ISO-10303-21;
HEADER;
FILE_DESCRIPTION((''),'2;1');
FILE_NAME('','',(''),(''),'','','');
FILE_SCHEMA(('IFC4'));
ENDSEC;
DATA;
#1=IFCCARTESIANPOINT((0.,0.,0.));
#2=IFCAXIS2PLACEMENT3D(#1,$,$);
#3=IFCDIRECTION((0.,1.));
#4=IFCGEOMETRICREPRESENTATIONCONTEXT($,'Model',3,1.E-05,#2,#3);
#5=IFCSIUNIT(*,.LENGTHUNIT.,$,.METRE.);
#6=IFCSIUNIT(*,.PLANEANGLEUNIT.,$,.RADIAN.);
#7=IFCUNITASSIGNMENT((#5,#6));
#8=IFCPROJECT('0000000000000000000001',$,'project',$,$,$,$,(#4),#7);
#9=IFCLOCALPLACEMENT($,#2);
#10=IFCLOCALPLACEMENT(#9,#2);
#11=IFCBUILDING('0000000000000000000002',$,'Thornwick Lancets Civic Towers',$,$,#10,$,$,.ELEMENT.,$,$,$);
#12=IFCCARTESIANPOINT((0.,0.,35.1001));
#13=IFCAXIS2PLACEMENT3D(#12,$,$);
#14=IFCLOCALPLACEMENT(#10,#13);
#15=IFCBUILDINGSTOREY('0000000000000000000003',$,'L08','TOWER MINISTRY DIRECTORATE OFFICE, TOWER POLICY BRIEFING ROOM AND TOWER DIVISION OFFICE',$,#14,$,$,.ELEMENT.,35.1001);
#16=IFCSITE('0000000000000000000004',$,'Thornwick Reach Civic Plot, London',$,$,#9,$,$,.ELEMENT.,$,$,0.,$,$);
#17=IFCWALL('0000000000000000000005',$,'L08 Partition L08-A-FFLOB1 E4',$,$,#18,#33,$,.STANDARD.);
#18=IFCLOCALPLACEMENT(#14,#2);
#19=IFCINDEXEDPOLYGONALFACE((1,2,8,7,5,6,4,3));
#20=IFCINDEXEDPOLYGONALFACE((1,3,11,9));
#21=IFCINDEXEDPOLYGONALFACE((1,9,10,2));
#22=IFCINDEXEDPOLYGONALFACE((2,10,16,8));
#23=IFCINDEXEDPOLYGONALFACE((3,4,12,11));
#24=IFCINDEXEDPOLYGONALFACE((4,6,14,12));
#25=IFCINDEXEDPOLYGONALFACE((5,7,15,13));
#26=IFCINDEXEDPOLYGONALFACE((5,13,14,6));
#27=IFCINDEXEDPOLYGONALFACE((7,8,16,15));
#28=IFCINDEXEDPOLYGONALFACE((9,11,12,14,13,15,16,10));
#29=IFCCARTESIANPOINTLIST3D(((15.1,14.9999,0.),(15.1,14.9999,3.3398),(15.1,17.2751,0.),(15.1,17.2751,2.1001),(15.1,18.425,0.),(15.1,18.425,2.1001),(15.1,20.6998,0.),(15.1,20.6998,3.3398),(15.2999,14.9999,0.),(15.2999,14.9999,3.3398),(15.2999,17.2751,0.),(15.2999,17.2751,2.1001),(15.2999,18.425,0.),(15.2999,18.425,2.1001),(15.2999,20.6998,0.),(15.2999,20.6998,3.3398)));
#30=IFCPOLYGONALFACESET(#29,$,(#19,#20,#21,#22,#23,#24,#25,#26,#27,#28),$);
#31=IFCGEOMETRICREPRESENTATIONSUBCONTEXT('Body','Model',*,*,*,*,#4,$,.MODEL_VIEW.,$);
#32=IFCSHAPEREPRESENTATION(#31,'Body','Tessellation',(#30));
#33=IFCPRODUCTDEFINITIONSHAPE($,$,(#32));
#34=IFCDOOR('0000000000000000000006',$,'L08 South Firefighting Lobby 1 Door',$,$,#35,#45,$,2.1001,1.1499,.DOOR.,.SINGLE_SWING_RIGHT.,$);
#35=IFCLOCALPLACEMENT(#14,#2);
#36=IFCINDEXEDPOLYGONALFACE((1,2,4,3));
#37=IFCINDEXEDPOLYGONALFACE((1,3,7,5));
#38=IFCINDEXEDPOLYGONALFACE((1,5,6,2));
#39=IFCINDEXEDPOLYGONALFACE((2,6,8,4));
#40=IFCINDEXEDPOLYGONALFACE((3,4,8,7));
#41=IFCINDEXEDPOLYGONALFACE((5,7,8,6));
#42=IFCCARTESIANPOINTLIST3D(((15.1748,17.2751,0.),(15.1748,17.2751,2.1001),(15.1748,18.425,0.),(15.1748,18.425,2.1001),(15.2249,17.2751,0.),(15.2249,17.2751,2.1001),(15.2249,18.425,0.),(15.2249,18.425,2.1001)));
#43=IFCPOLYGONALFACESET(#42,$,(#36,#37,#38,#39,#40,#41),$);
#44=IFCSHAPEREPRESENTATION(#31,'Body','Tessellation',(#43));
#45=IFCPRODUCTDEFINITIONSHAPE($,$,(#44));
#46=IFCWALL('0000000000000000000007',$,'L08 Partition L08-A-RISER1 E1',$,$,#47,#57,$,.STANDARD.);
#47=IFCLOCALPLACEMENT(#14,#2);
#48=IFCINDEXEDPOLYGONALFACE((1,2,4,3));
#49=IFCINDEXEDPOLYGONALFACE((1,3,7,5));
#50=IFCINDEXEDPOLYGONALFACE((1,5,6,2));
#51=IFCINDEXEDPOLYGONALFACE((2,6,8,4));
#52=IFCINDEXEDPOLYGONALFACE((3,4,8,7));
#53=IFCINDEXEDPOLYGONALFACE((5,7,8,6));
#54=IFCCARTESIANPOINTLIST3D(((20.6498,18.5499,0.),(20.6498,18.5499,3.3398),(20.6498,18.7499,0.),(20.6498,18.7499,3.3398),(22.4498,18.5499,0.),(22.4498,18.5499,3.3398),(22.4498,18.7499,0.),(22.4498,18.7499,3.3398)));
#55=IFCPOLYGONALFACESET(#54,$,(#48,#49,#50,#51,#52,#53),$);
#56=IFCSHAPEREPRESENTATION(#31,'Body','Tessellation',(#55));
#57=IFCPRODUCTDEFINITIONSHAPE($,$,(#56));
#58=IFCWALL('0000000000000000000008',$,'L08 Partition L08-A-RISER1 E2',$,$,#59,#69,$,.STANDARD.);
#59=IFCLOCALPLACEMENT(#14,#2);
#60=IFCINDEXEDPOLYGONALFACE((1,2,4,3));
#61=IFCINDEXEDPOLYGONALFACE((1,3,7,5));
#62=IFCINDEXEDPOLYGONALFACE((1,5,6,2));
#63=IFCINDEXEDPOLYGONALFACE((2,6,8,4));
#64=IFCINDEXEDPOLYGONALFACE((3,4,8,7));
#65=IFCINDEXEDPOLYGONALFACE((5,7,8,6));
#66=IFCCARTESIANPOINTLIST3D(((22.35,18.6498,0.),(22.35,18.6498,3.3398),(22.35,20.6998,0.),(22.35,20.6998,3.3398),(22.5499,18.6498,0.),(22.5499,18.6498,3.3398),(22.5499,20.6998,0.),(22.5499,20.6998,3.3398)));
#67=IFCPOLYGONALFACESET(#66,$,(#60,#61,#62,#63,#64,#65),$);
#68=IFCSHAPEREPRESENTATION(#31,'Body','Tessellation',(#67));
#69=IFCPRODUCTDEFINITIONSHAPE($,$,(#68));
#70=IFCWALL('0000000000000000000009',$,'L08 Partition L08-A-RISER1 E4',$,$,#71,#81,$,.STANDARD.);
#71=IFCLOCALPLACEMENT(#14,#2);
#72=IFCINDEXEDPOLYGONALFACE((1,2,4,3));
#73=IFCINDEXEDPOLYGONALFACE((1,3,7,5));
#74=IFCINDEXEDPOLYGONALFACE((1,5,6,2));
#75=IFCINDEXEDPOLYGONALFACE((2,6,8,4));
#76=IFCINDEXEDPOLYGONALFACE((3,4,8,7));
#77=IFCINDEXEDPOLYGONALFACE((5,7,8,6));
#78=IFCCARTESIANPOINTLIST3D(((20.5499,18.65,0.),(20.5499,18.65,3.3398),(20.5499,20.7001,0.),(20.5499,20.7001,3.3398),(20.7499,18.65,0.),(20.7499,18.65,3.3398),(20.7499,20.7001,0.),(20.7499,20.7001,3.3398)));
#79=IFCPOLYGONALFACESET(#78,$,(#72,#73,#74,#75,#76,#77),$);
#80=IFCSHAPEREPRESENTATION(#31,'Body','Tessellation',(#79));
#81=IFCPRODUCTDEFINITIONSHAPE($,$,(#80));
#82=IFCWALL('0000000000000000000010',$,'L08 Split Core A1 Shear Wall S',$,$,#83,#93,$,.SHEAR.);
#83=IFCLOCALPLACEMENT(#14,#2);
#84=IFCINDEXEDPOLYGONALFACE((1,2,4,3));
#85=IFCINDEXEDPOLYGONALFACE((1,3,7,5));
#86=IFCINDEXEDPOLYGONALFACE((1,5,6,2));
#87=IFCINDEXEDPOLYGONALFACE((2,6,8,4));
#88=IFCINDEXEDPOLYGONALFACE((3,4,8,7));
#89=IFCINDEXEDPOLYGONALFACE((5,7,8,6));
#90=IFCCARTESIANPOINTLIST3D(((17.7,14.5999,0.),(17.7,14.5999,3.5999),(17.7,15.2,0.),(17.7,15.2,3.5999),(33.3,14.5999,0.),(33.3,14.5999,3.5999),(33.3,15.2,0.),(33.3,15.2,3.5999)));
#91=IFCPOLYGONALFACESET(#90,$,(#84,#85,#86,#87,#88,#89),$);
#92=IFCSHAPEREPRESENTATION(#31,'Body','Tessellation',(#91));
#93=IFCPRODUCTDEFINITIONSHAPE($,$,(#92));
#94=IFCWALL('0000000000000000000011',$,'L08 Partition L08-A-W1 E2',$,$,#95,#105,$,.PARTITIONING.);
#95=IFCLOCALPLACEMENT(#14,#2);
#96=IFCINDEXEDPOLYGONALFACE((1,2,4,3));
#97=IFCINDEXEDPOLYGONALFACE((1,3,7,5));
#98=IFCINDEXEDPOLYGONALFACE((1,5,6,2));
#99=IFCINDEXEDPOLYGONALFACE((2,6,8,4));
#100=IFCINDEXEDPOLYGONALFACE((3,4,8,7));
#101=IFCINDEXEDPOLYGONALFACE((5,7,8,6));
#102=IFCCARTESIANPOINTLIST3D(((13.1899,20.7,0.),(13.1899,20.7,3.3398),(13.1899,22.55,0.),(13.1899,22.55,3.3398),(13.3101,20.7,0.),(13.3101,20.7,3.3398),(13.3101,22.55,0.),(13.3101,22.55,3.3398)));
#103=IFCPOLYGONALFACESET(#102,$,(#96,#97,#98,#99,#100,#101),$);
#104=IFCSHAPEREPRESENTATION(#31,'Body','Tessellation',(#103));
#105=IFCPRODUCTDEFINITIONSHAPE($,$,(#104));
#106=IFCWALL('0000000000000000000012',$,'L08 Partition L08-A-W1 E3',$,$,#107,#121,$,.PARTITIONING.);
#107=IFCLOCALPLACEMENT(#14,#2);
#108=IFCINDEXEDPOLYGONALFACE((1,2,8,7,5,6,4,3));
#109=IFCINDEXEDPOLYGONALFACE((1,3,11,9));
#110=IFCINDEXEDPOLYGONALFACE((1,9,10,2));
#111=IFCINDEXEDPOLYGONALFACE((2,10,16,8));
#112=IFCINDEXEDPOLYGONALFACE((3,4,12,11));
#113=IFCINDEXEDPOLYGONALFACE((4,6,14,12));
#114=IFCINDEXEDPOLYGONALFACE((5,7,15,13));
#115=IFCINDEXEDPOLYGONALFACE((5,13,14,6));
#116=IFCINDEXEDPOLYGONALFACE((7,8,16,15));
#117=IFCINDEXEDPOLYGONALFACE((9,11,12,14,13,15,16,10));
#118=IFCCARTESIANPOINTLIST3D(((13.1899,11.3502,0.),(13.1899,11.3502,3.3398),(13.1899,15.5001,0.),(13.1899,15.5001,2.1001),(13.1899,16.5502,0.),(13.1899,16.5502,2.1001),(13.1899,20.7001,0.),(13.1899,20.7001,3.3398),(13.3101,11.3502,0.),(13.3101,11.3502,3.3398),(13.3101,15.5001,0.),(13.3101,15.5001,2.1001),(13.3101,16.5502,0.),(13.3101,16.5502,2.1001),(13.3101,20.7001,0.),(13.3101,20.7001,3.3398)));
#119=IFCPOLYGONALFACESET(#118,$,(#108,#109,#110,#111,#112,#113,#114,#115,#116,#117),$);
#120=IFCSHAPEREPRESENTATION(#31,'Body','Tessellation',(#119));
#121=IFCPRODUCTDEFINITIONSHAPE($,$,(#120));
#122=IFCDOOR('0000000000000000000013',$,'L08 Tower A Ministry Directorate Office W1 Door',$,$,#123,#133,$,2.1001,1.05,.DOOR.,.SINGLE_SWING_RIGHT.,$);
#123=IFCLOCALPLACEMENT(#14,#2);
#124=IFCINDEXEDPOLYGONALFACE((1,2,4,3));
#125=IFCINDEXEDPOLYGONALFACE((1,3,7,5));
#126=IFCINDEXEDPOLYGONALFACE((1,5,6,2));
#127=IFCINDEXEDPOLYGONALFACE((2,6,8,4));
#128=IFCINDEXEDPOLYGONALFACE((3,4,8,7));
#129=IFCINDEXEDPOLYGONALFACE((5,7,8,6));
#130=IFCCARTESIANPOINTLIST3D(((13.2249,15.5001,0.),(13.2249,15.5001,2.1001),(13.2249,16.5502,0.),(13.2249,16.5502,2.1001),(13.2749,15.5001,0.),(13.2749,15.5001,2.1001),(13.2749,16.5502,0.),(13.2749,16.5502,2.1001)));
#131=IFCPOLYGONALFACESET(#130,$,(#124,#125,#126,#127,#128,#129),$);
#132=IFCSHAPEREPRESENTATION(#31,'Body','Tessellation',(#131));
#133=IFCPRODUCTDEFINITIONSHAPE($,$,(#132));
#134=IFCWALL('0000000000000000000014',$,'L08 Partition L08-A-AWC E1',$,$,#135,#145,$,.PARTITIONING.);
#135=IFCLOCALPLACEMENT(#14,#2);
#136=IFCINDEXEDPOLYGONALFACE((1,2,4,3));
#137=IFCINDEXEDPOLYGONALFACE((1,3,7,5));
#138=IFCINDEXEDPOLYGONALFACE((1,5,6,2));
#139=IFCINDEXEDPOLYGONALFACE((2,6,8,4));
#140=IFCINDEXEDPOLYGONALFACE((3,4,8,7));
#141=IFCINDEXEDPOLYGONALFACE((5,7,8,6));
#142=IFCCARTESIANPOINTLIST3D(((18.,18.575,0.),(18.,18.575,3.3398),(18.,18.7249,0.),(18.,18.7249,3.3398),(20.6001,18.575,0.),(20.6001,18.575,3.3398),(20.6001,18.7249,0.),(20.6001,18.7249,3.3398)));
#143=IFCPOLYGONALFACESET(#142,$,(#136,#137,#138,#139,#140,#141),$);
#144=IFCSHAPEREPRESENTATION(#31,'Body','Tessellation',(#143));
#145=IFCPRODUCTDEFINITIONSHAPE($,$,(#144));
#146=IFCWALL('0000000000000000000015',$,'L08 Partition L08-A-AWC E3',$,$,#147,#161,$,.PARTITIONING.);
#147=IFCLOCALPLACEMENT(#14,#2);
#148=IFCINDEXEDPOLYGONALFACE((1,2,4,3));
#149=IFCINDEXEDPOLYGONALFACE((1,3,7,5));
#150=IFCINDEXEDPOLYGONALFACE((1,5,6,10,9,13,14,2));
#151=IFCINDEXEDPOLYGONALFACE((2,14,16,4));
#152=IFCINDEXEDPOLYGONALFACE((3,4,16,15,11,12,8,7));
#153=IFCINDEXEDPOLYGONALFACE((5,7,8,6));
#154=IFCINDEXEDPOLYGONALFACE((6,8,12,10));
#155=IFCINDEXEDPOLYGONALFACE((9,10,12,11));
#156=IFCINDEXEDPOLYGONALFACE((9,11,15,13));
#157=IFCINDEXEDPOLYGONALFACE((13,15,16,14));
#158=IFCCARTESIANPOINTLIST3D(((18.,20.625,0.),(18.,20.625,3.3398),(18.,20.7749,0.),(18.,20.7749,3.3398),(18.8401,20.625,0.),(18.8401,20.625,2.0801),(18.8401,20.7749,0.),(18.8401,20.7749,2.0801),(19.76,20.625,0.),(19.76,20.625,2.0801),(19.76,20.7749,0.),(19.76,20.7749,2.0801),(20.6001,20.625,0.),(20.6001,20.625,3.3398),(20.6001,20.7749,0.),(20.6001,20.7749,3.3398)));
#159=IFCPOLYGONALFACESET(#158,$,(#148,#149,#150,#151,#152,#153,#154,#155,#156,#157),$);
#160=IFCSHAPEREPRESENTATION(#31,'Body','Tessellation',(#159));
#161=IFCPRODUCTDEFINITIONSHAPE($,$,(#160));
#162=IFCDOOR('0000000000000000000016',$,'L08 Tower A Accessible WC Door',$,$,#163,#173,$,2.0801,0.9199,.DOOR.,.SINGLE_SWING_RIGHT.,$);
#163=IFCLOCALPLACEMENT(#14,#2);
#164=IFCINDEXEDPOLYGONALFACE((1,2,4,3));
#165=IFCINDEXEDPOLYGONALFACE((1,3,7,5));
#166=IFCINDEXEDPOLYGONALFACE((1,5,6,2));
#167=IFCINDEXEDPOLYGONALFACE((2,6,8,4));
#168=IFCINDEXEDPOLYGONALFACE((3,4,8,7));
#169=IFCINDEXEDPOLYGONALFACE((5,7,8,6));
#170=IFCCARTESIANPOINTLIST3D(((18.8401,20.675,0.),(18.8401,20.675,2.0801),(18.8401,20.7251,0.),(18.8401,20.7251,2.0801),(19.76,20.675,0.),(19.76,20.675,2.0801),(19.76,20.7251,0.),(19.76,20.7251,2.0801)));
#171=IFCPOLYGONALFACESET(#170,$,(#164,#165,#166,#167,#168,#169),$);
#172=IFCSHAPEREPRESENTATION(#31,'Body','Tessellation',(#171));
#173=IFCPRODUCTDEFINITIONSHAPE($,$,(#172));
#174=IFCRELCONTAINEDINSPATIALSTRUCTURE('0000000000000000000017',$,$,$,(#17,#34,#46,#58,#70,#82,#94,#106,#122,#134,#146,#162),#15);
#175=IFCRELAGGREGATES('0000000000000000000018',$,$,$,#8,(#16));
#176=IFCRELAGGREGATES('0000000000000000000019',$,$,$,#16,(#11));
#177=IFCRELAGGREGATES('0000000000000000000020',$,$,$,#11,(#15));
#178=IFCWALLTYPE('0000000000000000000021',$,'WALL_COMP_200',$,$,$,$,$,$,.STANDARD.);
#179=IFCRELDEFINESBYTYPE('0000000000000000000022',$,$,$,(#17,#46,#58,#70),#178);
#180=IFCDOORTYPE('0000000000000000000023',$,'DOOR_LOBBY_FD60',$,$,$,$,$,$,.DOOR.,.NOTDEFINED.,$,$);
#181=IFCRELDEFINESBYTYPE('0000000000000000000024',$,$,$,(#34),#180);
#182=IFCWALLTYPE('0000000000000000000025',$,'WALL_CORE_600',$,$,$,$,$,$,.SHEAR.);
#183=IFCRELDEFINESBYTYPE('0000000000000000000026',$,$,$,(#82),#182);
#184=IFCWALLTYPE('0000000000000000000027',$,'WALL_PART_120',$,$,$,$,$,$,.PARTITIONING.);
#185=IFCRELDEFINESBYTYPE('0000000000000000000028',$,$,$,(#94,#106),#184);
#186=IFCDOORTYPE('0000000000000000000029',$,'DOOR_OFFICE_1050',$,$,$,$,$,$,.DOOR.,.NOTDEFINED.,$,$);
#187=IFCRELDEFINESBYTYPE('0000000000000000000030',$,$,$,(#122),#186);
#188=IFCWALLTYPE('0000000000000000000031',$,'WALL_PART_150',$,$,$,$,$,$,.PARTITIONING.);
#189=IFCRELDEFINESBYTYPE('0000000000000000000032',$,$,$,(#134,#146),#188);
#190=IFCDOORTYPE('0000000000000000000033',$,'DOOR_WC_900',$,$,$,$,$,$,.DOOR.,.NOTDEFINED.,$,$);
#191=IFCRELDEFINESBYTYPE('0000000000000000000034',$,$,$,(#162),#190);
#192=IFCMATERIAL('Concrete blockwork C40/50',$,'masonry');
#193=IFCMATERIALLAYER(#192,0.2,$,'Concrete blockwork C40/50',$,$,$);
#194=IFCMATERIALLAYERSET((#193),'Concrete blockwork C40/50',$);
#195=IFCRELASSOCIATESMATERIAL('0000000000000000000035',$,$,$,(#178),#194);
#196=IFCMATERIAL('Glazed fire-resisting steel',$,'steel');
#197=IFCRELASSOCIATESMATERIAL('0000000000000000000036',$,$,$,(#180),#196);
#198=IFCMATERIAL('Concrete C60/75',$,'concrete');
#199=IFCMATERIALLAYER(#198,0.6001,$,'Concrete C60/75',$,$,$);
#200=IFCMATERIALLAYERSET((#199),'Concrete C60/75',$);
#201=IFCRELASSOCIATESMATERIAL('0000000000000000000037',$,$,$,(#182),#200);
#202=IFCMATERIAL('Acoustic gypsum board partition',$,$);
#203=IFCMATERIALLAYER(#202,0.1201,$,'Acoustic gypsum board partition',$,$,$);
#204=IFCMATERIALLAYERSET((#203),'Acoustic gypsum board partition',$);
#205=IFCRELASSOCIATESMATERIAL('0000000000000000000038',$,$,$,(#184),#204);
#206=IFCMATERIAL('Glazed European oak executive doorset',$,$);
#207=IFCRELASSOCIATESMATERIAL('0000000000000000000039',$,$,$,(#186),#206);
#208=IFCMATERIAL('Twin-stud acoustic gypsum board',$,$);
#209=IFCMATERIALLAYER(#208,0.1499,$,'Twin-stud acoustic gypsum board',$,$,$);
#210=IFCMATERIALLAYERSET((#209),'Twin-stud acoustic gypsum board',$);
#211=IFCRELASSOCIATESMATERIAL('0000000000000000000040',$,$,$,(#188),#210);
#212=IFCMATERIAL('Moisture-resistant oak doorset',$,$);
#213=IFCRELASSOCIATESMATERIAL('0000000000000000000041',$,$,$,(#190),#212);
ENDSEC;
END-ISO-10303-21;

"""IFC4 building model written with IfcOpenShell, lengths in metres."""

from ifc_helpers import new_model, si_unit, direction, frame, frame_2d, origin, place, context, subcontext, project, spatial, rectangle, extrude, material, layer, layer_set, type_object, element, fill, save


model = new_model("IFC4")

# Units and contexts
model_context = context("Model", 3, precision=1e-05, world=origin(), true_north=direction((0.0, 1.0)))
body_context = subcontext(model_context, "Body", "Model", "MODEL_VIEW")
ifc_project = project(units=[si_unit("LENGTHUNIT", "METRE"), si_unit("PLANEANGLEUNIT", "RADIAN")], contexts=[model_context])

# Site, building, storey
site_placement = place(None, origin())
site = spatial("IfcSite", under=ifc_project, at=site_placement, Name="Thornwick Reach Civic Plot, London", CompositionType="ELEMENT", RefElevation=0.0)
building_placement = place(site_placement, origin())
building = spatial("IfcBuilding", under=site, at=building_placement, Name="Thornwick Lancets Civic Towers", CompositionType="ELEMENT")
storey_placement = place(building_placement, frame((0.0, 0.0, 35.1001)))
storey = spatial("IfcBuildingStorey", under=building, at=storey_placement, Name="L08", Description="TOWER MINISTRY DIRECTORATE OFFICE, TOWER POLICY BRIEFING ROOM AND TOWER DIVISION OFFICE", CompositionType="ELEMENT", Elevation=35.1001)

# Shared definitions
ifc_material_1 = material(Name="Concrete C60/75", Category="concrete")

# Shared definitions
ifc_material_2 = material(Name="Concrete blockwork C40/50", Category="masonry")
ifc_layer_1 = layer(ifc_material_2, 0.2, Name="Concrete blockwork C40/50")
ifc_layer_set_1 = layer_set([ifc_layer_1], Name="Concrete blockwork C40/50")
wall_type_1 = type_object("IfcWallType", Name="WALL_COMP_200", PredefinedType="STANDARD", material=ifc_layer_set_1)

# Wall, opening, door
wall_1_placement = place(storey_placement, frame((15.2, 20.7, 0.0), z_axis=(0.0, 0.0, 1.0), x_axis=(0.0, -1.0, 0.0)))
wall_1 = element("IfcWall", 1, at=wall_1_placement, inside=storey, type_object=wall_type_1, Name="L08 Partition L08-A-FFLOB1 E4", PredefinedType="STANDARD", context=body_context, shape_type="SweptSolid", body=[
    extrude(rectangle(XDim=5.7, YDim=0.2, at=frame_2d((2.8501, 0.0))), origin(), (0.0, 0.0, 1.0), 3.3398),
])
opening_1_placement = place(wall_1_placement, frame((2.2749, 0.0, 0.0)))
opening_1 = element("IfcOpeningElement", 2, at=opening_1_placement, cuts=wall_1, PredefinedType="OPENING", context=body_context, shape_type="SweptSolid", body=[
    extrude(rectangle(XDim=1.1499, YDim=2.1001, at=frame_2d((0.575, 1.05))), frame((0.0, 0.1099, 0.0), z_axis=(0.0, -1.0, 0.0), x_axis=(1.0, 0.0, 0.0)), (0.0, 0.0, 1.0), 0.22),
])
ifc_material_3 = material(Name="Glazed fire-resisting steel", Category="steel")
door_type_1 = type_object("IfcDoorType", Name="DOOR_LOBBY_FD60", OperationType="NOTDEFINED", PredefinedType="DOOR", material=ifc_material_3)
door_1_placement = place(opening_1_placement, origin())
door_1 = element("IfcDoor", 3, at=door_1_placement, inside=storey, type_object=door_type_1, Name="L08 South Firefighting Lobby 1 Door", OperationType="SINGLE_SWING_RIGHT", OverallHeight=2.1001, OverallWidth=1.1499, PredefinedType="DOOR", context=body_context, shape_type="SweptSolid", body=[
    extrude(rectangle(XDim=1.1499, YDim=2.1001, at=frame_2d((0.575, 1.05))), frame((0.0, 0.0249, 0.0), z_axis=(0.0, -1.0, 0.0), x_axis=(1.0, 0.0, 0.0)), (0.0, 0.0, 1.0), 0.05),
])
fill(opening_1, door_1)

# Walls
wall_2_placement = place(storey_placement, frame((20.6499, 18.6499, 0.0), z_axis=(0.0, 0.0, 1.0), x_axis=(1.0, 0.0, 0.0)))
element("IfcWall", 4, at=wall_2_placement, inside=storey, type_object=wall_type_1, Name="L08 Partition L08-A-RISER1 E1", PredefinedType="STANDARD", context=body_context, shape_type="SweptSolid", body=[
    extrude(rectangle(XDim=1.8, YDim=0.2, at=frame_2d((0.8999, 0.0))), origin(), (0.0, 0.0, 1.0), 3.3398),
])
for number, where, z_axis, x_axis, name in (
    (5, (22.45, 18.6499, 0.0), (0.0, 0.0, 1.0), (0.0, 1.0, 0.0), "L08 Partition L08-A-RISER1 E2"),
    (6, (20.6499, 20.7, 0.0), (0.0, 0.0, 1.0), (0.0, -1.0, 0.0), "L08 Partition L08-A-RISER1 E4"),
):
    element("IfcWall", number, at=place(storey_placement, frame(where, z_axis=z_axis, x_axis=x_axis)), inside=storey, type_object=wall_type_1, Name=name, PredefinedType="STANDARD", context=body_context, shape_type="SweptSolid", body=[
        extrude(rectangle(XDim=2.05, YDim=0.2, at=frame_2d((1.0249, 0.0))), origin(), (0.0, 0.0, 1.0), 3.3398),
    ])
ifc_layer_2 = layer(ifc_material_1, 0.6001, Name="Concrete C60/75")
ifc_layer_set_2 = layer_set([ifc_layer_2], Name="Concrete C60/75")
wall_type_2 = type_object("IfcWallType", Name="WALL_CORE_600", PredefinedType="SHEAR", material=ifc_layer_set_2)
wall_3_placement = place(storey_placement, frame((17.7, 14.8999, 0.0), z_axis=(0.0, 0.0, 1.0), x_axis=(1.0, 0.0, 0.0)))
element("IfcWall", 7, at=wall_3_placement, inside=storey, type_object=wall_type_2, Name="L08 Split Core A1 Shear Wall S", PredefinedType="SHEAR", context=body_context, shape_type="SweptSolid", body=[
    extrude(rectangle(XDim=15.6001, YDim=0.6001, at=frame_2d((7.8, 0.0))), origin(), (0.0, 0.0, 1.0), 3.5999),
])
ifc_material_4 = material(Name="Acoustic gypsum board partition")
ifc_layer_3 = layer(ifc_material_4, 0.1201, Name="Acoustic gypsum board partition")
ifc_layer_set_3 = layer_set([ifc_layer_3], Name="Acoustic gypsum board partition")
wall_type_3 = type_object("IfcWallType", Name="WALL_PART_120", PredefinedType="PARTITIONING", material=ifc_layer_set_3)
wall_4_placement = place(storey_placement, frame((13.25, 22.55, 0.0), z_axis=(0.0, 0.0, 1.0), x_axis=(0.0, -1.0, 0.0)))
element("IfcWall", 8, at=wall_4_placement, inside=storey, type_object=wall_type_3, Name="L08 Partition L08-A-W1 E2", PredefinedType="PARTITIONING", context=body_context, shape_type="SweptSolid", body=[
    extrude(rectangle(XDim=1.8501, YDim=0.1201, at=frame_2d((0.925, 0.0))), origin(), (0.0, 0.0, 1.0), 3.3398),
])

# Wall, opening, door
wall_5_placement = place(storey_placement, frame((13.25, 20.7, 0.0), z_axis=(0.0, 0.0, 1.0), x_axis=(0.0, -1.0, 0.0)))
wall_5 = element("IfcWall", 9, at=wall_5_placement, inside=storey, type_object=wall_type_3, Name="L08 Partition L08-A-W1 E3", PredefinedType="PARTITIONING", context=body_context, shape_type="SweptSolid", body=[
    extrude(rectangle(XDim=9.3499, YDim=0.1201, at=frame_2d((4.6748, 0.0))), origin(), (0.0, 0.0, 1.0), 3.3398),
])
opening_2_placement = place(wall_5_placement, frame((4.1499, 0.0, 0.0)))
opening_2 = element("IfcOpeningElement", 10, at=opening_2_placement, cuts=wall_5, PredefinedType="OPENING", context=body_context, shape_type="SweptSolid", body=[
    extrude(rectangle(XDim=1.05, YDim=2.1001, at=frame_2d((0.5249, 1.05))), frame((0.0, 0.0701, 0.0), z_axis=(0.0, -1.0, 0.0), x_axis=(1.0, 0.0, 0.0)), (0.0, 0.0, 1.0), 0.1401),
])
ifc_material_5 = material(Name="Glazed European oak executive doorset")
door_type_2 = type_object("IfcDoorType", Name="DOOR_OFFICE_1050", OperationType="NOTDEFINED", PredefinedType="DOOR", material=ifc_material_5)
door_2_placement = place(opening_2_placement, origin())
door_2 = element("IfcDoor", 11, at=door_2_placement, inside=storey, type_object=door_type_2, Name="L08 Tower A Ministry Directorate Office W1 Door", OperationType="SINGLE_SWING_RIGHT", OverallHeight=2.1001, OverallWidth=1.05, PredefinedType="DOOR", context=body_context, shape_type="SweptSolid", body=[
    extrude(rectangle(XDim=1.05, YDim=2.1001, at=frame_2d((0.5249, 1.05))), frame((0.0, 0.0249, 0.0), z_axis=(0.0, -1.0, 0.0), x_axis=(1.0, 0.0, 0.0)), (0.0, 0.0, 1.0), 0.05),
])
fill(opening_2, door_2)

# Wall
ifc_material_6 = material(Name="Twin-stud acoustic gypsum board")
ifc_layer_4 = layer(ifc_material_6, 0.1499, Name="Twin-stud acoustic gypsum board")
ifc_layer_set_4 = layer_set([ifc_layer_4], Name="Twin-stud acoustic gypsum board")
wall_type_4 = type_object("IfcWallType", Name="WALL_PART_150", PredefinedType="PARTITIONING", material=ifc_layer_set_4)
wall_6_placement = place(storey_placement, frame((18.0, 18.6499, 0.0), z_axis=(0.0, 0.0, 1.0), x_axis=(1.0, 0.0, 0.0)))
element("IfcWall", 12, at=wall_6_placement, inside=storey, type_object=wall_type_4, Name="L08 Partition L08-A-AWC E1", PredefinedType="PARTITIONING", context=body_context, shape_type="SweptSolid", body=[
    extrude(rectangle(XDim=2.6001, YDim=0.1499, at=frame_2d((1.3, 0.0))), origin(), (0.0, 0.0, 1.0), 3.3398),
])

# Wall, opening, door
wall_7_placement = place(storey_placement, frame((20.6001, 20.7, 0.0), z_axis=(0.0, 0.0, 1.0), x_axis=(-1.0, 0.0, 0.0)))
wall_7 = element("IfcWall", 13, at=wall_7_placement, inside=storey, type_object=wall_type_4, Name="L08 Partition L08-A-AWC E3", PredefinedType="PARTITIONING", context=body_context, shape_type="SweptSolid", body=[
    extrude(rectangle(XDim=2.6001, YDim=0.1499, at=frame_2d((1.3, 0.0))), origin(), (0.0, 0.0, 1.0), 3.3398),
])
opening_3_placement = place(wall_7_placement, frame((0.8401, 0.0, 0.0)))
opening_3 = element("IfcOpeningElement", 14, at=opening_3_placement, cuts=wall_7, PredefinedType="OPENING", context=body_context, shape_type="SweptSolid", body=[
    extrude(rectangle(XDim=0.9199, YDim=2.0801, at=frame_2d((0.46, 1.04))), frame((0.0, 0.085, 0.0), z_axis=(0.0, -1.0, 0.0), x_axis=(1.0, 0.0, 0.0)), (0.0, 0.0, 1.0), 0.1699),
])
ifc_material_7 = material(Name="Moisture-resistant oak doorset")
door_type_3 = type_object("IfcDoorType", Name="DOOR_WC_900", OperationType="NOTDEFINED", PredefinedType="DOOR", material=ifc_material_7)
door_3_placement = place(opening_3_placement, origin())
door_3 = element("IfcDoor", 15, at=door_3_placement, inside=storey, type_object=door_type_3, Name="L08 Tower A Accessible WC Door", OperationType="SINGLE_SWING_RIGHT", OverallHeight=2.0801, OverallWidth=0.9199, PredefinedType="DOOR", context=body_context, shape_type="SweptSolid", body=[
    extrude(rectangle(XDim=0.9199, YDim=2.0801, at=frame_2d((0.46, 1.04))), frame((0.0, 0.0249, 0.0), z_axis=(0.0, -1.0, 0.0), x_axis=(1.0, 0.0, 0.0)), (0.0, 0.0, 1.0), 0.05),
])
fill(opening_3, door_3)

save(model, "model.ifc")
